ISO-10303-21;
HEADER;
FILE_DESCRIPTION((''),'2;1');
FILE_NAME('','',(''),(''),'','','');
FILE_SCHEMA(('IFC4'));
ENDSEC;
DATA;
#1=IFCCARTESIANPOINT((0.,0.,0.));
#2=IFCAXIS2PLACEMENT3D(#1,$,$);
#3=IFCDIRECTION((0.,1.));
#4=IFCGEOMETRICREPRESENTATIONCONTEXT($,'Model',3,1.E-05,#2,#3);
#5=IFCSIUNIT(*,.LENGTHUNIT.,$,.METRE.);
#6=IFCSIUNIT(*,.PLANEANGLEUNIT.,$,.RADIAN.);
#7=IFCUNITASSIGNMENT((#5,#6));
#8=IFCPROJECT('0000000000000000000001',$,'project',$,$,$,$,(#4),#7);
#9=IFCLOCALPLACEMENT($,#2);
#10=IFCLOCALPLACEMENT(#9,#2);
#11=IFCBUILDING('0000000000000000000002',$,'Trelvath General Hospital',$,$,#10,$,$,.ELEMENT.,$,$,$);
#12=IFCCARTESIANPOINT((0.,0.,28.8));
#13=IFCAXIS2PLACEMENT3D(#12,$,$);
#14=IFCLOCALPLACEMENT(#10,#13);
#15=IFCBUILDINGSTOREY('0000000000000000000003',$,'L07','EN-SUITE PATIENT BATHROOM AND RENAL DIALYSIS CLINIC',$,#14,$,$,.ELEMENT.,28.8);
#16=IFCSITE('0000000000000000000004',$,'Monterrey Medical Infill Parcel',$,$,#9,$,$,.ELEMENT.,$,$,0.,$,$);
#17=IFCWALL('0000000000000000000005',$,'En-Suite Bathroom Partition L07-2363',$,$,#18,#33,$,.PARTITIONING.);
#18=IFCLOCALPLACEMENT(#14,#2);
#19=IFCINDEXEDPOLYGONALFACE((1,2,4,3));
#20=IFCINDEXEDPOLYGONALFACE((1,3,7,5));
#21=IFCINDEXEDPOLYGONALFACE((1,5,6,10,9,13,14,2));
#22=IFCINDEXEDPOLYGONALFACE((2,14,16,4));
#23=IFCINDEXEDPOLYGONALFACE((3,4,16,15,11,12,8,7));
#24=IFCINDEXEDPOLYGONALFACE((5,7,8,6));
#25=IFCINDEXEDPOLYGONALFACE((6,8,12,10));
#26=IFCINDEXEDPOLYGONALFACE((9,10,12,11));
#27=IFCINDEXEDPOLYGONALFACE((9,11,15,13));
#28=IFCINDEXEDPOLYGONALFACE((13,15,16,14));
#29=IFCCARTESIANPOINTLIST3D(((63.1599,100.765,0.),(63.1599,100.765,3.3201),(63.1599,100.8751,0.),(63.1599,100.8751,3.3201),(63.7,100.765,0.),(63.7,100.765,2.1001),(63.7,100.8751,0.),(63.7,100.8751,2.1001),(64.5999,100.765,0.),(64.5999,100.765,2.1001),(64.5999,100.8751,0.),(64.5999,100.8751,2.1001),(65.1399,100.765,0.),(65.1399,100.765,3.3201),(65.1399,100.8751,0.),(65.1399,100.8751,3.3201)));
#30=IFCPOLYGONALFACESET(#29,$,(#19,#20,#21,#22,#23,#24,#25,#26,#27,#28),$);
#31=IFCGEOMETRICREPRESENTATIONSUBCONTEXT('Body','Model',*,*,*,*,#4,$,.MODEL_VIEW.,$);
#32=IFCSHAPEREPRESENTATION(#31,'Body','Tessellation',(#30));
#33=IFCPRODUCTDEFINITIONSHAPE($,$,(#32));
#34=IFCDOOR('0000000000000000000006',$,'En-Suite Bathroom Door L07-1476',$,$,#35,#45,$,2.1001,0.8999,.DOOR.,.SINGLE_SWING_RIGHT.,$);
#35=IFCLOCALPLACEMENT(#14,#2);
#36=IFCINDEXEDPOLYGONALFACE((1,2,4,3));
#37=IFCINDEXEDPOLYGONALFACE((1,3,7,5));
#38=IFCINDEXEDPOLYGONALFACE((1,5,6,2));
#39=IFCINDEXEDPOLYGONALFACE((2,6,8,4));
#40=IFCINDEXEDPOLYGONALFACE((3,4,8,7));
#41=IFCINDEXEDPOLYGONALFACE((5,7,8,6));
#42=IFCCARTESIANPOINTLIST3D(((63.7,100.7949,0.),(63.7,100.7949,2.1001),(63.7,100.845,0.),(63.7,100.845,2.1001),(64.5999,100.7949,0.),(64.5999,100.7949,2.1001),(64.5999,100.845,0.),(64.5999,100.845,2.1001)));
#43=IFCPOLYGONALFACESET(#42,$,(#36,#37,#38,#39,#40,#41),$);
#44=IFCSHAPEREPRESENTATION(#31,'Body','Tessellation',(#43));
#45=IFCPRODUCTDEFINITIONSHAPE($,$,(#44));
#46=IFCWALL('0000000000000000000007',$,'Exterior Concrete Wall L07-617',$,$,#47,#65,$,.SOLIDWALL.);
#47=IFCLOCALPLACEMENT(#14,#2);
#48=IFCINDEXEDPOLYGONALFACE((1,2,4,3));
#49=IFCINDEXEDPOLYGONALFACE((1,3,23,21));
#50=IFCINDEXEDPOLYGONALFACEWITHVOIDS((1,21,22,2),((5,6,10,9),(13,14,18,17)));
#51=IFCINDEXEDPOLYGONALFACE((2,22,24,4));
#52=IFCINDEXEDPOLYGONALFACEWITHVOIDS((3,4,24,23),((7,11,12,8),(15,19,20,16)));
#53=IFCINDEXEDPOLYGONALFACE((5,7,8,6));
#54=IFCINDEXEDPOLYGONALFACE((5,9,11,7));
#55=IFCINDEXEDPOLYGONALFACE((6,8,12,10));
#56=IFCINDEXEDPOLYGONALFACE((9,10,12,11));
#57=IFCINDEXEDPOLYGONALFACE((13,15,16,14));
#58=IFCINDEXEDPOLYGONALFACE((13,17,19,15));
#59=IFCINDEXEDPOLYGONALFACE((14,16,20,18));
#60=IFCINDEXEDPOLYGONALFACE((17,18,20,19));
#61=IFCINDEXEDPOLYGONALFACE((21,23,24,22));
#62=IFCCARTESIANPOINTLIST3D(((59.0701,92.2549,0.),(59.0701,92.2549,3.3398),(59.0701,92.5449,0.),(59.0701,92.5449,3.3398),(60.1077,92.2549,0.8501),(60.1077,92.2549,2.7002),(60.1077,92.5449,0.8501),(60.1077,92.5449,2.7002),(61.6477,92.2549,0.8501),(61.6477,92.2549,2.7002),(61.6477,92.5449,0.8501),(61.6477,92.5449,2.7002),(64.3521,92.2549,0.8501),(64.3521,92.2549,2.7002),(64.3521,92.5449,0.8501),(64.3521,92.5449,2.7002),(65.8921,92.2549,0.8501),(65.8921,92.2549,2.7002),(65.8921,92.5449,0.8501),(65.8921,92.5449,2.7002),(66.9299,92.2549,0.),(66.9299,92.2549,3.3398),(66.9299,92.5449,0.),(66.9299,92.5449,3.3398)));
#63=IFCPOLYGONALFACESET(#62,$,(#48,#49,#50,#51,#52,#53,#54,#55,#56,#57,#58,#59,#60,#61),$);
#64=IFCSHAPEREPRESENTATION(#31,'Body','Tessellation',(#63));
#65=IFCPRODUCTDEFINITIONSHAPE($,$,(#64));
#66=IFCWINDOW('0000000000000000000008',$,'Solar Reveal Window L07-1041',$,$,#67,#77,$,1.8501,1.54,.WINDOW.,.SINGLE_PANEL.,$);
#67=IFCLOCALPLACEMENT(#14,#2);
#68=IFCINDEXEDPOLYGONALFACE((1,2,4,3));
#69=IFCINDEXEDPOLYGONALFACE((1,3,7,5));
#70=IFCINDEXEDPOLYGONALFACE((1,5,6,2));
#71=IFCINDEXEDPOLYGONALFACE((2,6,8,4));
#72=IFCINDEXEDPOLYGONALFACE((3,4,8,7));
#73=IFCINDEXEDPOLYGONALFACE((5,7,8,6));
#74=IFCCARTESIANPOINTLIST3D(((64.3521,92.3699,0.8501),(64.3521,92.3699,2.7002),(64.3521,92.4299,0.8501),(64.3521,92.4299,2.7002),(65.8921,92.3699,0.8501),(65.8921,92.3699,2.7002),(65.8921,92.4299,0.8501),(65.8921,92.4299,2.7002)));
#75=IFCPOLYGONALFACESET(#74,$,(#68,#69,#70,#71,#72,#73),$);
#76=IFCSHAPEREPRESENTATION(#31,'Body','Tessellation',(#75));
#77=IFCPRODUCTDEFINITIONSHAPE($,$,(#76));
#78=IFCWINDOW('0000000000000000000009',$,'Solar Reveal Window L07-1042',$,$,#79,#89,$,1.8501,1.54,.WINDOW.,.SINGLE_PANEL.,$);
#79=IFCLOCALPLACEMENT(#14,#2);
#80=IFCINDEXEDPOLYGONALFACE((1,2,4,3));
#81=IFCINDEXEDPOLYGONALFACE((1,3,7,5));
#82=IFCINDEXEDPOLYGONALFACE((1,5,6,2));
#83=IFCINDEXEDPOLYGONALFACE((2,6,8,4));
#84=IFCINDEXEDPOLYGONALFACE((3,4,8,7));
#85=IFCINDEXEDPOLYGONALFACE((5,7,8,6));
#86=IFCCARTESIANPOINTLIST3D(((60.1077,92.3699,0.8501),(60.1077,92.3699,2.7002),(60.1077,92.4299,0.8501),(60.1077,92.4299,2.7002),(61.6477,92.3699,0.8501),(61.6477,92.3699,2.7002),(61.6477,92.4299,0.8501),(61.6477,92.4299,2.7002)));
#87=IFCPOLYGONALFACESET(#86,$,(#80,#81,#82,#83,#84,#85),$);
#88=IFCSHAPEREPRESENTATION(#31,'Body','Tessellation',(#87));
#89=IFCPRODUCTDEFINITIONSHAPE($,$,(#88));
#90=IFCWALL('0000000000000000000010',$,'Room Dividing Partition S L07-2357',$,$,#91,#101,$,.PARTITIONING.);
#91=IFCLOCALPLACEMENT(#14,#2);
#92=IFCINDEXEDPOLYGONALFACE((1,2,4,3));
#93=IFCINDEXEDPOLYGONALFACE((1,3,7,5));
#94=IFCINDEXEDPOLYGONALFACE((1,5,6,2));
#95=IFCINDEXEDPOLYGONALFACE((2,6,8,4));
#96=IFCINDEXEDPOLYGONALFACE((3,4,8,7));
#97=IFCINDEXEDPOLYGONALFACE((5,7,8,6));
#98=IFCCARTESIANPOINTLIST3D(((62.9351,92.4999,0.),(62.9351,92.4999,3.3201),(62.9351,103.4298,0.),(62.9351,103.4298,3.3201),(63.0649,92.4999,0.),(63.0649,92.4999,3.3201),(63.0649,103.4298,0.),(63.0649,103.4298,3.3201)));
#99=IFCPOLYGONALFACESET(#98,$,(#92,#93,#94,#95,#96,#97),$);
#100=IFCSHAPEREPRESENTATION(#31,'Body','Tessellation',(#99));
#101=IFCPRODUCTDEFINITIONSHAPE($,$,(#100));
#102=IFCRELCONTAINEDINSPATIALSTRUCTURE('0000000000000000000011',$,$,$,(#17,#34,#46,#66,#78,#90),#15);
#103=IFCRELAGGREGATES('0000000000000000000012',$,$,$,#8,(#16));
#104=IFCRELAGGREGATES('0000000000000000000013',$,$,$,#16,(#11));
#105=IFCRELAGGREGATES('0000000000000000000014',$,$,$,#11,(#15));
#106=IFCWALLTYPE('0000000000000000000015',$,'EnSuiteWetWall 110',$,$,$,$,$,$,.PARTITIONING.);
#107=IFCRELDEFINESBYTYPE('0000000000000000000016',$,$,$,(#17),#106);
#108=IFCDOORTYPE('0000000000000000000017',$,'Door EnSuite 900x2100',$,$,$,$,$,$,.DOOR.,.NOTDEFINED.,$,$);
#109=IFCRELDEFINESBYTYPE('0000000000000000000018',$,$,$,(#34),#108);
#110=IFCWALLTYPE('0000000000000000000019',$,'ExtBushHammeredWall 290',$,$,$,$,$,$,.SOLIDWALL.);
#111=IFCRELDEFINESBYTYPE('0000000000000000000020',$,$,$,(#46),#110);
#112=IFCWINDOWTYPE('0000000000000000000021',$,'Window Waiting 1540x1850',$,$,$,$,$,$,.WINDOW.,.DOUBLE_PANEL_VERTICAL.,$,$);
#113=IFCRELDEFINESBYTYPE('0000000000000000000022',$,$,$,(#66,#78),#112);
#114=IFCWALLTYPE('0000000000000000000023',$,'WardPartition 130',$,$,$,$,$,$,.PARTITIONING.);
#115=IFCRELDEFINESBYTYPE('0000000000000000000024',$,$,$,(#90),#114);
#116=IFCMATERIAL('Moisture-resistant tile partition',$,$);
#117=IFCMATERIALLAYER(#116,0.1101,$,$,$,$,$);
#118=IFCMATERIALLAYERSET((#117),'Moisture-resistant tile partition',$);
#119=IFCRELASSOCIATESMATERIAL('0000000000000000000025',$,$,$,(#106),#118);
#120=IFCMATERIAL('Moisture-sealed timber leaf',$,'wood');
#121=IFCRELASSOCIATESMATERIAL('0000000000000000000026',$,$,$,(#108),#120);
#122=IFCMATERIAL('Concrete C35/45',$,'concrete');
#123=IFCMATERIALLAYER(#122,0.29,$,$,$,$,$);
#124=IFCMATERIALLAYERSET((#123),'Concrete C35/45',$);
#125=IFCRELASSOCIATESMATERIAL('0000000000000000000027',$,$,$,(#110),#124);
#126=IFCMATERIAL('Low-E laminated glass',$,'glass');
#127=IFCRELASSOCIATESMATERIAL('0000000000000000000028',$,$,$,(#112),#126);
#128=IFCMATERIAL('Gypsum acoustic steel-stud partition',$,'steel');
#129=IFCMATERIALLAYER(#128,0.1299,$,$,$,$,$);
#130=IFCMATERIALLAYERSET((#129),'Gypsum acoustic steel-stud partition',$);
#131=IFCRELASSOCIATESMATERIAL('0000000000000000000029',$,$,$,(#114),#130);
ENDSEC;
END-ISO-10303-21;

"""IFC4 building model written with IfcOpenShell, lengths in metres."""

from ifc_helpers import new_model, si_unit, direction, frame, frame_2d, origin, place, context, subcontext, project, spatial, rectangle, extrude, material, layer, layer_set, type_object, element, fill, save


model = new_model("IFC4")

# Units and contexts
model_context = context("Model", 3, precision=1e-05, world=origin(), true_north=direction((0.0, 1.0)))
body_context = subcontext(model_context, "Body", "Model", "MODEL_VIEW")
ifc_project = project(units=[si_unit("LENGTHUNIT", "METRE"), si_unit("PLANEANGLEUNIT", "RADIAN")], contexts=[model_context])

# Site, building, storey
site_placement = place(None, origin())
site = spatial("IfcSite", under=ifc_project, at=site_placement, Name="Monterrey Medical Infill Parcel", CompositionType="ELEMENT", RefElevation=0.0)
building_placement = place(site_placement, origin())
building = spatial("IfcBuilding", under=site, at=building_placement, Name="Trelvath General Hospital", CompositionType="ELEMENT")
storey_placement = place(building_placement, frame((0.0, 0.0, 28.8)))
storey = spatial("IfcBuildingStorey", under=building, at=storey_placement, Name="L07", Description="EN-SUITE PATIENT BATHROOM AND RENAL DIALYSIS CLINIC", CompositionType="ELEMENT", Elevation=28.8)

# Shared definitions
ifc_material_1 = material(Name="Moisture-resistant tile partition")
ifc_layer_1 = layer(ifc_material_1, 0.1101)
ifc_layer_set_1 = layer_set([ifc_layer_1], Name="Moisture-resistant tile partition")
wall_type_1 = type_object("IfcWallType", Name="EnSuiteWetWall 110", PredefinedType="PARTITIONING", material=ifc_layer_set_1)

# Shared definitions
ifc_material_2 = material(Name="Moisture-sealed timber leaf", Category="wood")
door_type = type_object("IfcDoorType", Name="Door EnSuite 900x2100", OperationType="NOTDEFINED", PredefinedType="DOOR", material=ifc_material_2)

# Wall, opening, door
wall_1_placement = place(storey_placement, frame((63.1599, 100.8201, 0.0), z_axis=(0.0, 0.0, 1.0), x_axis=(1.0, 0.0, 0.0)))
wall_1 = element("IfcWall", 1, at=wall_1_placement, inside=storey, type_object=wall_type_1, Name="En-Suite Bathroom Partition L07-2363", PredefinedType="PARTITIONING", context=body_context, shape_type="SweptSolid", body=[
    extrude(rectangle(XDim=1.98, YDim=0.1101, at=frame_2d((0.99, 0.0))), origin(), (0.0, 0.0, 1.0), 3.3201),
])
opening_1_placement = place(wall_1_placement, frame((0.54, 0.0, 0.0)))
opening_1 = element("IfcOpeningElement", 2, at=opening_1_placement, cuts=wall_1, PredefinedType="OPENING", context=body_context, shape_type="SweptSolid", body=[
    extrude(rectangle(XDim=0.8999, YDim=2.1001, at=frame_2d((0.45, 1.05))), frame((0.0, 0.0649, 0.0), z_axis=(0.0, -1.0, 0.0), x_axis=(1.0, 0.0, 0.0)), (0.0, 0.0, 1.0), 0.1301),
])
door_1_placement = place(opening_1_placement, origin())
door_1 = element("IfcDoor", 3, at=door_1_placement, inside=storey, type_object=door_type, Name="En-Suite Bathroom Door L07-1476", OperationType="SINGLE_SWING_RIGHT", OverallHeight=2.1001, OverallWidth=0.8999, PredefinedType="DOOR", context=body_context, shape_type="SweptSolid", body=[
    extrude(rectangle(XDim=0.8999, YDim=2.1001, at=frame_2d((0.45, 1.05))), frame((0.0, 0.0249, 0.0), z_axis=(0.0, -1.0, 0.0), x_axis=(1.0, 0.0, 0.0)), (0.0, 0.0, 1.0), 0.05),
])
fill(opening_1, door_1)

# Wall, openings, windows
ifc_material_3 = material(Name="Concrete C35/45", Category="concrete")
ifc_layer_2 = layer(ifc_material_3, 0.29)
ifc_layer_set_2 = layer_set([ifc_layer_2], Name="Concrete C35/45")
wall_type_2 = type_object("IfcWallType", Name="ExtBushHammeredWall 290", PredefinedType="SOLIDWALL", material=ifc_layer_set_2)
wall_2_placement = place(storey_placement, frame((66.9299, 92.3999, 0.0), z_axis=(0.0, 0.0, 1.0), x_axis=(-1.0, 0.0, 0.0)))
wall_2 = element("IfcWall", 4, at=wall_2_placement, inside=storey, type_object=wall_type_2, Name="Exterior Concrete Wall L07-617", PredefinedType="SOLIDWALL", context=body_context, shape_type="SweptSolid", body=[
    extrude(rectangle(XDim=7.8599, YDim=0.29, at=frame_2d((3.9299, 0.0))), origin(), (0.0, 0.0, 1.0), 3.3398),
])
opening_2_placement = place(wall_2_placement, frame((1.0378, 0.0, 0.8501)))
opening_2 = element("IfcOpeningElement", 5, at=opening_2_placement, cuts=wall_2, PredefinedType="OPENING", context=body_context, shape_type="SweptSolid", body=[
    extrude(rectangle(XDim=1.54, YDim=1.8501, at=frame_2d((0.77, 0.925))), frame((0.0, 0.155, 0.0), z_axis=(0.0, -1.0, 0.0), x_axis=(1.0, 0.0, 0.0)), (0.0, 0.0, 1.0), 0.3101),
])
opening_3_placement = place(wall_2_placement, frame((5.2822, 0.0, 0.8501)))
opening_3 = element("IfcOpeningElement", 6, at=opening_3_placement, cuts=wall_2, PredefinedType="OPENING", context=body_context, shape_type="SweptSolid", body=[
    extrude(rectangle(XDim=1.54, YDim=1.8501, at=frame_2d((0.77, 0.925))), frame((0.0, 0.155, 0.0), z_axis=(0.0, -1.0, 0.0), x_axis=(1.0, 0.0, 0.0)), (0.0, 0.0, 1.0), 0.3101),
])
ifc_material_4 = material(Name="Low-E laminated glass", Category="glass")
window_type = type_object("IfcWindowType", Name="Window Waiting 1540x1850", PartitioningType="DOUBLE_PANEL_VERTICAL", PredefinedType="WINDOW", material=ifc_material_4)
window_1_placement = place(opening_2_placement, origin())
window_1 = element("IfcWindow", 7, at=window_1_placement, inside=storey, type_object=window_type, Name="Solar Reveal Window L07-1041", OverallHeight=1.8501, OverallWidth=1.54, PartitioningType="SINGLE_PANEL", PredefinedType="WINDOW", context=body_context, shape_type="SweptSolid", body=[
    extrude(rectangle(XDim=1.54, YDim=1.8501, at=frame_2d((0.77, 0.925))), frame((0.0, 0.03, 0.0), z_axis=(0.0, -1.0, 0.0), x_axis=(1.0, 0.0, 0.0)), (0.0, 0.0, 1.0), 0.0601),
])
fill(opening_2, window_1)
window_2_placement = place(opening_3_placement, origin())
window_2 = element("IfcWindow", 8, at=window_2_placement, inside=storey, type_object=window_type, Name="Solar Reveal Window L07-1042", OverallHeight=1.8501, OverallWidth=1.54, PartitioningType="SINGLE_PANEL", PredefinedType="WINDOW", context=body_context, shape_type="SweptSolid", body=[
    extrude(rectangle(XDim=1.54, YDim=1.8501, at=frame_2d((0.77, 0.925))), frame((0.0, 0.03, 0.0), z_axis=(0.0, -1.0, 0.0), x_axis=(1.0, 0.0, 0.0)), (0.0, 0.0, 1.0), 0.0601),
])
fill(opening_3, window_2)

# Wall
ifc_material_5 = material(Name="Gypsum acoustic steel-stud partition", Category="steel")
ifc_layer_3 = layer(ifc_material_5, 0.1299)
ifc_layer_set_3 = layer_set([ifc_layer_3], Name="Gypsum acoustic steel-stud partition")
wall_type_3 = type_object("IfcWallType", Name="WardPartition 130", PredefinedType="PARTITIONING", material=ifc_layer_set_3)
wall_3_placement = place(storey_placement, frame((63.0, 92.5, 0.0), z_axis=(0.0, 0.0, 1.0), x_axis=(0.0, 1.0, 0.0)))
element("IfcWall", 9, at=wall_3_placement, inside=storey, type_object=wall_type_3, Name="Room Dividing Partition S L07-2357", PredefinedType="PARTITIONING", context=body_context, shape_type="SweptSolid", body=[
    extrude(rectangle(XDim=10.9299, YDim=0.1299, at=frame_2d((5.4648, 0.0))), origin(), (0.0, 0.0, 1.0), 3.3201),
])

save(model, "model.ifc")
